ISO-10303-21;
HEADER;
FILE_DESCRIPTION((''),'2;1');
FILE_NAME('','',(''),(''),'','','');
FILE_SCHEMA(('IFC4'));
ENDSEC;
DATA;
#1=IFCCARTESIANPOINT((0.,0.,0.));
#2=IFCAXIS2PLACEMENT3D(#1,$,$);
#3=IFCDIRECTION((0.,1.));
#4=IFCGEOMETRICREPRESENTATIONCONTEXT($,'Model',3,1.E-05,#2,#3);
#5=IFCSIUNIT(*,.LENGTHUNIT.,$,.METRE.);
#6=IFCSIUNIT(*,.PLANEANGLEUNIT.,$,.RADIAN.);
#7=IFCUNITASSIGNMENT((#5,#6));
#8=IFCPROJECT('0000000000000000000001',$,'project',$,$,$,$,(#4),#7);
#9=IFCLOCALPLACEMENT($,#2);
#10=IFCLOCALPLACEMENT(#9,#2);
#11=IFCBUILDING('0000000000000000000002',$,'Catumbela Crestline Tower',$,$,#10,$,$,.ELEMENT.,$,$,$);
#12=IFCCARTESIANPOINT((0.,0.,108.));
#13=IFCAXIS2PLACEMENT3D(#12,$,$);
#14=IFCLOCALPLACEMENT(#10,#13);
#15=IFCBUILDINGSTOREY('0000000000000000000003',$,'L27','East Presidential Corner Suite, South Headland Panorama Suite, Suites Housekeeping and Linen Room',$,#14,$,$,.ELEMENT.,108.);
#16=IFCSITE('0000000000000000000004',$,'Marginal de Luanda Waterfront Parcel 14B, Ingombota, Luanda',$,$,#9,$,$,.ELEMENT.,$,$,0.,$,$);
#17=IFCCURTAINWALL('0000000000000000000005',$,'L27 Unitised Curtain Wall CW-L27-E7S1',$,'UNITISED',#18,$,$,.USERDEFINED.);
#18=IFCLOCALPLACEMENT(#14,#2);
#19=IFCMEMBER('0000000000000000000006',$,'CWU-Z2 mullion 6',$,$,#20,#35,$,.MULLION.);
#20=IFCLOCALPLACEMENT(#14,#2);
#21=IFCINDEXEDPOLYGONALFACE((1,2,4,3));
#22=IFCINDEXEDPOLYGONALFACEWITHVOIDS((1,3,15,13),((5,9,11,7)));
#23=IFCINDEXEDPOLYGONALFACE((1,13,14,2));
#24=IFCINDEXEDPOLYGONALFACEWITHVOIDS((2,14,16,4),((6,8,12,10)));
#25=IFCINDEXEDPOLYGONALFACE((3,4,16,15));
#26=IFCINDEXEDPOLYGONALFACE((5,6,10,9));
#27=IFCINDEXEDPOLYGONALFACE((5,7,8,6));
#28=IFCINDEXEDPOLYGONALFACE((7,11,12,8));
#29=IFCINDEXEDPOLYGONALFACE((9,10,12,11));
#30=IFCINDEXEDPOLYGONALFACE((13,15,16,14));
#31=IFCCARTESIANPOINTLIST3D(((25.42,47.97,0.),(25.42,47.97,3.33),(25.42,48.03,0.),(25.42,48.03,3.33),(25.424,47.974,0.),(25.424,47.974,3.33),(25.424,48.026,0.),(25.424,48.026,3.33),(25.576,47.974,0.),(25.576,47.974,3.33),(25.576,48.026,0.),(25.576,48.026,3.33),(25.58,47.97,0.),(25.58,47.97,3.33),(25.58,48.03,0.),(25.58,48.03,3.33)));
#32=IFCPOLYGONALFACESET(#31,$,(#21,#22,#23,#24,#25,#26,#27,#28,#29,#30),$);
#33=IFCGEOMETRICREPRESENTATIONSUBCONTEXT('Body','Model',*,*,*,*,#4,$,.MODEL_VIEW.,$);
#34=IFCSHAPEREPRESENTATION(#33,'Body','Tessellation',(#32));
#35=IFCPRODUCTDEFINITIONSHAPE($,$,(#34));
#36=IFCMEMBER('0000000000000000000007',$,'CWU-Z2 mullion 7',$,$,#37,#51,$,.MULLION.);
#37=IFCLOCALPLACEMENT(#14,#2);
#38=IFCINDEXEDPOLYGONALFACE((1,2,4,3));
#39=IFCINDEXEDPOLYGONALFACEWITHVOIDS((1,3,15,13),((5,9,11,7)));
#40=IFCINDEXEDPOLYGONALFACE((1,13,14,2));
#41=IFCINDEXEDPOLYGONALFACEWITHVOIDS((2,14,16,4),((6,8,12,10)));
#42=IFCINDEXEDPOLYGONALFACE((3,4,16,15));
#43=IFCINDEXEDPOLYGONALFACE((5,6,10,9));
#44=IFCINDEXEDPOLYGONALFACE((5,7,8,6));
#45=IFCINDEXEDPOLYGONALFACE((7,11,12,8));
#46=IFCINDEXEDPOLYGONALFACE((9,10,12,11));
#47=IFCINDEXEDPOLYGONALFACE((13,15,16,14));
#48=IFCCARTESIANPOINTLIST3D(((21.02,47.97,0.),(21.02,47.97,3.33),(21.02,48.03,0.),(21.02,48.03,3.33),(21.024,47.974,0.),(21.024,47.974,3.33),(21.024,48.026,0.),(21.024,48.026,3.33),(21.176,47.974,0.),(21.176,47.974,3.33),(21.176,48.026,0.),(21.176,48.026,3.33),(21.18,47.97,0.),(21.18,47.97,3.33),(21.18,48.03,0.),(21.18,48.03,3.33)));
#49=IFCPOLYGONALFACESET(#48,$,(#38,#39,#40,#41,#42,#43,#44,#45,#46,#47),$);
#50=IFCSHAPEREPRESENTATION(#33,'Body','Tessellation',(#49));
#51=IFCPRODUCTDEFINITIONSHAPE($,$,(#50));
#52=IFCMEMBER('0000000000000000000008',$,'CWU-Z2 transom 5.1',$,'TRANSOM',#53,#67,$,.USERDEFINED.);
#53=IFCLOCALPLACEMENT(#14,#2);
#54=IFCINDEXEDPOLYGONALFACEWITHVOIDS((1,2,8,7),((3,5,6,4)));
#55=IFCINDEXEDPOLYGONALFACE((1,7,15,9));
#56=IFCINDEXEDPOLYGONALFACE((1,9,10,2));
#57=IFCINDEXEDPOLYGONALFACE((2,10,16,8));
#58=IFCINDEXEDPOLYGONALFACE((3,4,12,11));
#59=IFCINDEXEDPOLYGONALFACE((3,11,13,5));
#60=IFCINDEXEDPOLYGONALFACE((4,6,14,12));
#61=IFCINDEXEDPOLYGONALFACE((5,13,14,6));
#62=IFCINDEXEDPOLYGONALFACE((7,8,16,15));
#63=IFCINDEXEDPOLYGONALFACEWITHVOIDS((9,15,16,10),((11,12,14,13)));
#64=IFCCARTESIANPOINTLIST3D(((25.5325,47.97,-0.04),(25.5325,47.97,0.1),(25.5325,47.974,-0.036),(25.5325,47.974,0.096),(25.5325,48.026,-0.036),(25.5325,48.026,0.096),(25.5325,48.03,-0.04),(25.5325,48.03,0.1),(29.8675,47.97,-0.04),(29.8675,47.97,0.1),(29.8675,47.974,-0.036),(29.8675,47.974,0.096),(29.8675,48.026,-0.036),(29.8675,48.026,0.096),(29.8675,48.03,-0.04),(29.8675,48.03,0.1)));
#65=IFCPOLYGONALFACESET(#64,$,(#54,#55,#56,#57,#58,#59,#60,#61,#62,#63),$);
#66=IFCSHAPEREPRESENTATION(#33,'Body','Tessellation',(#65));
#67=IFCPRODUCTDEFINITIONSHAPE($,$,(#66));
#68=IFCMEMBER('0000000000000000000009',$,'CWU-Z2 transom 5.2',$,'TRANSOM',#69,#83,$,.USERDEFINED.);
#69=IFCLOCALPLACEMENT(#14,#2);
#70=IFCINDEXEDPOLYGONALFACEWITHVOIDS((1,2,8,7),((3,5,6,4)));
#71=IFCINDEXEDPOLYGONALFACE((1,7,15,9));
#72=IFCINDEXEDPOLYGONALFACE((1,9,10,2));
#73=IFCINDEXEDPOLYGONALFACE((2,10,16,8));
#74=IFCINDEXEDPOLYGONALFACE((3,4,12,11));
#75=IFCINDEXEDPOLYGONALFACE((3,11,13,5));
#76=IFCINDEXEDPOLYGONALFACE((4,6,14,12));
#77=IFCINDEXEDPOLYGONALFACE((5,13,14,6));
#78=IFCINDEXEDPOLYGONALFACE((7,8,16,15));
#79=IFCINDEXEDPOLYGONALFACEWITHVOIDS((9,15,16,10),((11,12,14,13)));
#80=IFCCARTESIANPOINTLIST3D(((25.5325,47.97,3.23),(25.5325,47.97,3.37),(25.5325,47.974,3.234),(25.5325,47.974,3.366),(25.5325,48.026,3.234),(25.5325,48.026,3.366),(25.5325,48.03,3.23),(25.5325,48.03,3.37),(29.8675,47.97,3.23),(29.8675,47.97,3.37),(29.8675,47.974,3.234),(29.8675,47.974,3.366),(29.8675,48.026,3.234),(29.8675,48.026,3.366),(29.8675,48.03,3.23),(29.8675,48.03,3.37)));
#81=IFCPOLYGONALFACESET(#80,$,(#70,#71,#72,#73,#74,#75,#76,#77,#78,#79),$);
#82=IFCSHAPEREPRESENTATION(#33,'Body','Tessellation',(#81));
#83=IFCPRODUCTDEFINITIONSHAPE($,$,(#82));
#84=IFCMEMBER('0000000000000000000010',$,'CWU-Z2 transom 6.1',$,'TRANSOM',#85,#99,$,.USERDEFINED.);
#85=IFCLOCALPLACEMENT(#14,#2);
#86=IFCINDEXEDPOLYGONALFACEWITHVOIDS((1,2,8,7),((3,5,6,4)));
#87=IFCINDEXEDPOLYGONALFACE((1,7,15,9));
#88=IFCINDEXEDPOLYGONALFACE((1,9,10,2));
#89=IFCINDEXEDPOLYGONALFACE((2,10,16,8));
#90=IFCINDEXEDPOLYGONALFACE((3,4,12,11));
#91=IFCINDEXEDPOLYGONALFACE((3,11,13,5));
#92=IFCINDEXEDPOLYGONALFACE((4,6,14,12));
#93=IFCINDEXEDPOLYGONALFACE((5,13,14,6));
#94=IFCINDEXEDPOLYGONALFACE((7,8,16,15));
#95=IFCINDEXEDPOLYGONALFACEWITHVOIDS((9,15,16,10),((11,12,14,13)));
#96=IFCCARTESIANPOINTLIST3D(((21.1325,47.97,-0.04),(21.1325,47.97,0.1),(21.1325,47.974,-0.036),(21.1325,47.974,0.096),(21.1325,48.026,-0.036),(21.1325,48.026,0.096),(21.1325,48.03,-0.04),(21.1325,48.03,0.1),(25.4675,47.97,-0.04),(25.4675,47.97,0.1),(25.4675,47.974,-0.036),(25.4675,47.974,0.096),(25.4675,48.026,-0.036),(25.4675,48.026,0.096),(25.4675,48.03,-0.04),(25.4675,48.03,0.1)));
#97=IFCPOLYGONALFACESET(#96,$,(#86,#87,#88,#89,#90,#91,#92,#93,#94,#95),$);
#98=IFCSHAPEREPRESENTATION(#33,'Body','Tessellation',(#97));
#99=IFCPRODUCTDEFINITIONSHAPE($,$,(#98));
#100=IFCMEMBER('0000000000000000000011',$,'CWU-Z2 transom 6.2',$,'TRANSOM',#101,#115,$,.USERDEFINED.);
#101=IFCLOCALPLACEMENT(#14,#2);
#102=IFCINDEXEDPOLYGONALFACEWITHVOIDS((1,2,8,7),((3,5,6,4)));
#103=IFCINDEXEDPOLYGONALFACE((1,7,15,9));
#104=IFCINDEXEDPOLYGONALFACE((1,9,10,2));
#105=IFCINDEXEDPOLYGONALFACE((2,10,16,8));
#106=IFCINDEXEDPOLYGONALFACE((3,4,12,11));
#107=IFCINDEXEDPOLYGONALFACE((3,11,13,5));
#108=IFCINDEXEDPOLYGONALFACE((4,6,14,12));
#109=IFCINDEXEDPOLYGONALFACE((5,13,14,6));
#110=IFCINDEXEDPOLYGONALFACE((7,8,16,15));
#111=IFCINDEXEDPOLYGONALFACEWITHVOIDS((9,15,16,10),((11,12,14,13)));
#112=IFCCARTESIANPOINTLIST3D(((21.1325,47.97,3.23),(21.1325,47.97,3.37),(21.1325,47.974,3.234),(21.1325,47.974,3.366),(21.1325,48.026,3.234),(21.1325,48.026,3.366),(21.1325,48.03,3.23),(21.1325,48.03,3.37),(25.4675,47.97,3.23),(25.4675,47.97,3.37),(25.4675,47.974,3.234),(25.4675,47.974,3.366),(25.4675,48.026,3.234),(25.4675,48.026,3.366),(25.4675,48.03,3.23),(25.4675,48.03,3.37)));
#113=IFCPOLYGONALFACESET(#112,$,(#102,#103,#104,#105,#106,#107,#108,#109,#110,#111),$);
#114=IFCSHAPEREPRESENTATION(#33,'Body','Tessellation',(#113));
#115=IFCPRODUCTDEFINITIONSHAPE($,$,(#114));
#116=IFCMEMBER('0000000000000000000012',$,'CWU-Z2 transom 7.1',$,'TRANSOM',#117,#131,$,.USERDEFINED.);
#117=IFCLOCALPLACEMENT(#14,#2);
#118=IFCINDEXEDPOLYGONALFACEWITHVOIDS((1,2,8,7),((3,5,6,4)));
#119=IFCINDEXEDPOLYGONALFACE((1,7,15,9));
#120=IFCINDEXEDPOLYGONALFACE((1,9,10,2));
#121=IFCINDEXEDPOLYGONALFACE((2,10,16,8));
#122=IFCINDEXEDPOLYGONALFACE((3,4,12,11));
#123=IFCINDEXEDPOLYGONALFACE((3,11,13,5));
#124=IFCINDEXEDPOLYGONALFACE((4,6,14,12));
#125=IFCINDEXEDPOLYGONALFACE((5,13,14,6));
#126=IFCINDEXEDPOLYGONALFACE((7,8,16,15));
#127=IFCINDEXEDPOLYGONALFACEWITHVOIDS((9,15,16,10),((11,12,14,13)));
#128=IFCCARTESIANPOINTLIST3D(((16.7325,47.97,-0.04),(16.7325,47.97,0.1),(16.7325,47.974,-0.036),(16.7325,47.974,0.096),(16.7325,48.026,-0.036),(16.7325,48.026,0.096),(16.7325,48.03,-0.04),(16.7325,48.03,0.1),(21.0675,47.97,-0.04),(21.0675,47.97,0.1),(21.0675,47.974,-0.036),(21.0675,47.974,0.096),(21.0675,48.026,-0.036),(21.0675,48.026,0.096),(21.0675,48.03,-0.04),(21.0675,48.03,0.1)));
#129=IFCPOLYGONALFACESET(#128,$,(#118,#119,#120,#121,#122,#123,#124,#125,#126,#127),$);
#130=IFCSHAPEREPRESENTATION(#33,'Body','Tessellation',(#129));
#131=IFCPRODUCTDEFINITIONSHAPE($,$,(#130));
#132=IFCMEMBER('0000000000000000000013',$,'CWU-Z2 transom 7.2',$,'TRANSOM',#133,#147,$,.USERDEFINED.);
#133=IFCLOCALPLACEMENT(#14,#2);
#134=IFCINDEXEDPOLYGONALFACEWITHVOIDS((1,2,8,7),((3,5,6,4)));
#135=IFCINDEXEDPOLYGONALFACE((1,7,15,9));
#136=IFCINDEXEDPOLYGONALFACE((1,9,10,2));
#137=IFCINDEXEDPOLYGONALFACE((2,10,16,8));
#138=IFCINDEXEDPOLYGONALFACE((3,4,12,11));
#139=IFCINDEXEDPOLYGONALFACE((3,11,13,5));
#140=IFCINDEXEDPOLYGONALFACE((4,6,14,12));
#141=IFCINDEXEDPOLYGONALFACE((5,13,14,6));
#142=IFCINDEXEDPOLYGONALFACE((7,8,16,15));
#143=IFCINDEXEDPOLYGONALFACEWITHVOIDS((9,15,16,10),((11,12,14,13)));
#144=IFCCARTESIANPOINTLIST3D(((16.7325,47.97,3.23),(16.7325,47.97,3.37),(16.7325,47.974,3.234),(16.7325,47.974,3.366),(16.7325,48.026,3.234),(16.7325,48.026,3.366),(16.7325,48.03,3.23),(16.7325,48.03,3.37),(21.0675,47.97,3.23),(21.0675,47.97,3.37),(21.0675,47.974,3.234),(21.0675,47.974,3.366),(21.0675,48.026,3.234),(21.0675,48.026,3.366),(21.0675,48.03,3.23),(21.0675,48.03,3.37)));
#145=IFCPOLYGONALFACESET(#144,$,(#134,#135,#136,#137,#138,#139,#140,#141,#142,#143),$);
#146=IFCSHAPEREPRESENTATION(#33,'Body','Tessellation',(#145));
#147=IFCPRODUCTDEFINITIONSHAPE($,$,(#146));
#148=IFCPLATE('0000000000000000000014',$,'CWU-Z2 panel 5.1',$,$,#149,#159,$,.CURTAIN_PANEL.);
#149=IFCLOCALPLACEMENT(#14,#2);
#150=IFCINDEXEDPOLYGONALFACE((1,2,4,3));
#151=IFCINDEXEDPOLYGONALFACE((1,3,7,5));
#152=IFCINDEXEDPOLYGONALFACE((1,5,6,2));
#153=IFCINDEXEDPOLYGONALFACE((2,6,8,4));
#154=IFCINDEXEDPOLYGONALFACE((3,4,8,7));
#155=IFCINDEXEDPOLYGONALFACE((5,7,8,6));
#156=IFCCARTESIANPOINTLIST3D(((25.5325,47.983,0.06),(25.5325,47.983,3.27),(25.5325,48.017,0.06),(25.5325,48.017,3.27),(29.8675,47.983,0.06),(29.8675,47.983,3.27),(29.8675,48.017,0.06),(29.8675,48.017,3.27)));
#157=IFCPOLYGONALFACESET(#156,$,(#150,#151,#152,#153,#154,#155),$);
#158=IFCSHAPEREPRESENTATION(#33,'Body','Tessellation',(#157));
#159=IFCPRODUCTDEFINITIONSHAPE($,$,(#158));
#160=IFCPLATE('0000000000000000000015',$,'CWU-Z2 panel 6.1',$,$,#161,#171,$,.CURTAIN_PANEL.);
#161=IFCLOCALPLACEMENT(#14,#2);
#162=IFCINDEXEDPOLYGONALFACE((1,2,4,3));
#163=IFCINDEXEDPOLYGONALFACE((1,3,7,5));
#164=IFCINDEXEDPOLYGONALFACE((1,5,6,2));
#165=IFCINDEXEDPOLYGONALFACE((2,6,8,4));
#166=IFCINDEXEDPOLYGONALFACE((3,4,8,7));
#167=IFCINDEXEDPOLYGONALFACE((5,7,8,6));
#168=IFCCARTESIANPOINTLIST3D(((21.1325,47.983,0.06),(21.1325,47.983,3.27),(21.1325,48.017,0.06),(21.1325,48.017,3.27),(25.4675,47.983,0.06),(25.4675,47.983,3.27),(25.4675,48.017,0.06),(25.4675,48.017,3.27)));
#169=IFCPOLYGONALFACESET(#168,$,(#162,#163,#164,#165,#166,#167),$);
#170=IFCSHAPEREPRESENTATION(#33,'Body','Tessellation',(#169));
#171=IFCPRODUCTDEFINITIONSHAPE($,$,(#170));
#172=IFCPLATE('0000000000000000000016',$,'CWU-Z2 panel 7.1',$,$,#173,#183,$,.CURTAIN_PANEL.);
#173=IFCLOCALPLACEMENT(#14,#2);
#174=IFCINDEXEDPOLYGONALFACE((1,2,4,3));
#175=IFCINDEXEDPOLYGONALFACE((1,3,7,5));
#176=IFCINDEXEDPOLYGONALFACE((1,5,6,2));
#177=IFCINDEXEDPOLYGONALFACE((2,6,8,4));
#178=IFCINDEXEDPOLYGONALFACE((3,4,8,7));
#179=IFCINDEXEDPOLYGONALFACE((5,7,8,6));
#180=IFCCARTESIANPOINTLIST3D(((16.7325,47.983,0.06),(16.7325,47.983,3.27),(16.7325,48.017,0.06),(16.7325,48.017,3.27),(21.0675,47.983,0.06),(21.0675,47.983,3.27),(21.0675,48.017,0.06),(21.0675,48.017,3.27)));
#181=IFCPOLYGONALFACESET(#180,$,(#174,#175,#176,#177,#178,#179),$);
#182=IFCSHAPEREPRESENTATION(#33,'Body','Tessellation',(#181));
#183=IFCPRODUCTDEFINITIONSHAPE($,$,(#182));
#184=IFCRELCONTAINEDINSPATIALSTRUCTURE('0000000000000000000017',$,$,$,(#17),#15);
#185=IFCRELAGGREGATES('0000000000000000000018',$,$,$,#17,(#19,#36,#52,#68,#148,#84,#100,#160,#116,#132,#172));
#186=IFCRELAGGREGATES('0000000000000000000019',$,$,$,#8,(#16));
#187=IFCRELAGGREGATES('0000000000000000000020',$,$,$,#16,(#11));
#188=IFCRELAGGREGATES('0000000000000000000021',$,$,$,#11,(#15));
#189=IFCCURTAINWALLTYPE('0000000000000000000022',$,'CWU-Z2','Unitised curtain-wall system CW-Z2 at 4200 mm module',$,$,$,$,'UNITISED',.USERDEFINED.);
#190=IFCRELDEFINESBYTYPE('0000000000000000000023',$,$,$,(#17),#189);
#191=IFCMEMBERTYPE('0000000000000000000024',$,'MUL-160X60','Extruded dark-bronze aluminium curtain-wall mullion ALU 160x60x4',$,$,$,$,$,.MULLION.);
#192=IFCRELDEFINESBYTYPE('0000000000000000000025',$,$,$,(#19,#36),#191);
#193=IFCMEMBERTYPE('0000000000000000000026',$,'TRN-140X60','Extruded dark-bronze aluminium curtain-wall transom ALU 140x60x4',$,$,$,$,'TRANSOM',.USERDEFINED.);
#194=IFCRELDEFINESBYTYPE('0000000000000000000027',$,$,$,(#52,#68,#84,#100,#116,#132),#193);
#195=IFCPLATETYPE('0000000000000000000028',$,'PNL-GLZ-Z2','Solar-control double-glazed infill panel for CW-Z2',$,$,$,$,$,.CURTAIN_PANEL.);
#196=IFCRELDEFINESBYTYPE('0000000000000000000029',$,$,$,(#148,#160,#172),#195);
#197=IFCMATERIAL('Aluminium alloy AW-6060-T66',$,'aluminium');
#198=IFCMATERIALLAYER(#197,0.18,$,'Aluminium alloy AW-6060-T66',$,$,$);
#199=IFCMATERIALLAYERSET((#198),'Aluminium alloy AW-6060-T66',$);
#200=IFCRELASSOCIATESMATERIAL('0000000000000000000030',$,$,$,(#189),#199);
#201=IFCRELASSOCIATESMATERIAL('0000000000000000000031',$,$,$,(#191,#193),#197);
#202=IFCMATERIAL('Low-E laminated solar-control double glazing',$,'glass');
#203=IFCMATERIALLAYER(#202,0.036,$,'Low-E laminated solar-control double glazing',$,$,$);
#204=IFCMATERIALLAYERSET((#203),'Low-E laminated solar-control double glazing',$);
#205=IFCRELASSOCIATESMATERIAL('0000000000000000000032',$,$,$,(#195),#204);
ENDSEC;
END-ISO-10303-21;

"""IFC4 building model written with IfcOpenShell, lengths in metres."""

from ifc_helpers import new_model, si_unit, direction, frame, origin, origin_2d, place, context, subcontext, project, spatial, rectangle, hollow_rectangle, extrude, material, layer, layer_set, material_profile, profile_set, type_object, element, aggregate, save


model = new_model("IFC4")

# Units and contexts
model_context = context("Model", 3, precision=1e-05, world=origin(), true_north=direction((0.0, 1.0)))
body_context = subcontext(model_context, "Body", "Model", "MODEL_VIEW")
ifc_project = project(units=[si_unit("LENGTHUNIT", "METRE"), si_unit("PLANEANGLEUNIT", "RADIAN")], contexts=[model_context])

# Site, building, storey
site_placement = place(None, origin())
site = spatial("IfcSite", under=ifc_project, at=site_placement, Name="Marginal de Luanda Waterfront Parcel 14B, Ingombota, Luanda", CompositionType="ELEMENT", RefElevation=0.0)
building_placement = place(site_placement, origin())
building = spatial("IfcBuilding", under=site, at=building_placement, Name="Catumbela Crestline Tower", CompositionType="ELEMENT")
storey_placement = place(building_placement, frame((0.0, 0.0, 108.0)))
storey = spatial("IfcBuildingStorey", under=building, at=storey_placement, Name="L27", Description="East Presidential Corner Suite, South Headland Panorama Suite, Suites Housekeeping and Linen Room", CompositionType="ELEMENT", Elevation=108.0)

# Curtain wall, members, plates
ifc_material_1 = material(Name="Aluminium alloy AW-6060-T66", Category="aluminium")
ifc_layer_1 = layer(ifc_material_1, 0.18, Name="Aluminium alloy AW-6060-T66")
ifc_layer_set_1 = layer_set([ifc_layer_1], Name="Aluminium alloy AW-6060-T66")
curtain_wall_type = type_object("IfcCurtainWallType", Name="CWU-Z2", Description="Unitised curtain-wall system CW-Z2 at 4200 mm module", ElementType="UNITISED", PredefinedType="USERDEFINED", material=ifc_layer_set_1)
curtain_wall_placement = place(storey_placement, origin())
curtain_wall = element("IfcCurtainWall", 1, at=curtain_wall_placement, inside=storey, type_object=curtain_wall_type, Name="L27 Unitised Curtain Wall CW-L27-E7S1", ObjectType="UNITISED", PredefinedType="USERDEFINED")
ifc_material_profile_1 = material_profile(ifc_material_1, hollow_rectangle(XDim=0.06, YDim=0.16, WallThickness=0.004, at=origin_2d()), Name="ALU 160x60x4")
ifc_profile_set_1 = profile_set([ifc_material_profile_1], Name="Aluminium alloy AW-6060-T66")
member_type_1 = type_object("IfcMemberType", Name="MUL-160X60", Description="Extruded dark-bronze aluminium curtain-wall mullion ALU 160x60x4", PredefinedType="MULLION", material=ifc_profile_set_1)
member_1_placement = place(storey_placement, frame((25.5, 48.0, 0.0), z_axis=(0.0, 0.0, 1.0), x_axis=(0.0, -1.0, 0.0)))
member_1 = element("IfcMember", 2, at=member_1_placement, type_object=member_type_1, Name="CWU-Z2 mullion 6", PredefinedType="MULLION", context=body_context, shape_type="SweptSolid", body=[
    extrude(hollow_rectangle(XDim=0.06, YDim=0.16, WallThickness=0.004, at=origin_2d()), origin(), (0.0, 0.0, 1.0), 3.33),
])
member_2_placement = place(storey_placement, frame((21.1, 48.0, 0.0), z_axis=(0.0, 0.0, 1.0), x_axis=(0.0, -1.0, 0.0)))
member_2 = element("IfcMember", 3, at=member_2_placement, type_object=member_type_1, Name="CWU-Z2 mullion 7", PredefinedType="MULLION", context=body_context, shape_type="SweptSolid", body=[
    extrude(hollow_rectangle(XDim=0.06, YDim=0.16, WallThickness=0.004, at=origin_2d()), origin(), (0.0, 0.0, 1.0), 3.33),
])
ifc_material_profile_2 = material_profile(ifc_material_1, hollow_rectangle(XDim=0.06, YDim=0.14, WallThickness=0.004, at=origin_2d()), Name="ALU 140x60x4")
ifc_profile_set_2 = profile_set([ifc_material_profile_2], Name="Aluminium alloy AW-6060-T66")
member_type_2 = type_object("IfcMemberType", Name="TRN-140X60", Description="Extruded dark-bronze aluminium curtain-wall transom ALU 140x60x4", ElementType="TRANSOM", PredefinedType="USERDEFINED", material=ifc_profile_set_2)
member_3_placement = place(storey_placement, frame((29.8675, 48.0, 0.03), z_axis=(-1.0, 0.0, 0.0), x_axis=(0.0, -1.0, 0.0)))
member_3 = element("IfcMember", 4, at=member_3_placement, type_object=member_type_2, Name="CWU-Z2 transom 5.1", ObjectType="TRANSOM", PredefinedType="USERDEFINED", context=body_context, shape_type="SweptSolid", body=[
    extrude(hollow_rectangle(XDim=0.06, YDim=0.14, WallThickness=0.004, at=origin_2d()), origin(), (0.0, 0.0, 1.0), 4.335),
])
member_4_placement = place(storey_placement, frame((29.8675, 48.0, 3.3), z_axis=(-1.0, 0.0, 0.0), x_axis=(0.0, -1.0, 0.0)))
member_4 = element("IfcMember", 5, at=member_4_placement, type_object=member_type_2, Name="CWU-Z2 transom 5.2", ObjectType="TRANSOM", PredefinedType="USERDEFINED", context=body_context, shape_type="SweptSolid", body=[
    extrude(hollow_rectangle(XDim=0.06, YDim=0.14, WallThickness=0.004, at=origin_2d()), origin(), (0.0, 0.0, 1.0), 4.335),
])
member_5_placement = place(storey_placement, frame((25.4675, 48.0, 0.03), z_axis=(-1.0, 0.0, 0.0), x_axis=(0.0, -1.0, 0.0)))
member_5 = element("IfcMember", 6, at=member_5_placement, type_object=member_type_2, Name="CWU-Z2 transom 6.1", ObjectType="TRANSOM", PredefinedType="USERDEFINED", context=body_context, shape_type="SweptSolid", body=[
    extrude(hollow_rectangle(XDim=0.06, YDim=0.14, WallThickness=0.004, at=origin_2d()), origin(), (0.0, 0.0, 1.0), 4.335),
])
member_6_placement = place(storey_placement, frame((25.4675, 48.0, 3.3), z_axis=(-1.0, 0.0, 0.0), x_axis=(0.0, -1.0, 0.0)))
member_6 = element("IfcMember", 7, at=member_6_placement, type_object=member_type_2, Name="CWU-Z2 transom 6.2", ObjectType="TRANSOM", PredefinedType="USERDEFINED", context=body_context, shape_type="SweptSolid", body=[
    extrude(hollow_rectangle(XDim=0.06, YDim=0.14, WallThickness=0.004, at=origin_2d()), origin(), (0.0, 0.0, 1.0), 4.335),
])
member_7_placement = place(storey_placement, frame((21.0675, 48.0, 0.03), z_axis=(-1.0, 0.0, 0.0), x_axis=(0.0, -1.0, 0.0)))
member_7 = element("IfcMember", 8, at=member_7_placement, type_object=member_type_2, Name="CWU-Z2 transom 7.1", ObjectType="TRANSOM", PredefinedType="USERDEFINED", context=body_context, shape_type="SweptSolid", body=[
    extrude(hollow_rectangle(XDim=0.06, YDim=0.14, WallThickness=0.004, at=origin_2d()), origin(), (0.0, 0.0, 1.0), 4.335),
])
member_8_placement = place(storey_placement, frame((21.0675, 48.0, 3.3), z_axis=(-1.0, 0.0, 0.0), x_axis=(0.0, -1.0, 0.0)))
member_8 = element("IfcMember", 9, at=member_8_placement, type_object=member_type_2, Name="CWU-Z2 transom 7.2", ObjectType="TRANSOM", PredefinedType="USERDEFINED", context=body_context, shape_type="SweptSolid", body=[
    extrude(hollow_rectangle(XDim=0.06, YDim=0.14, WallThickness=0.004, at=origin_2d()), origin(), (0.0, 0.0, 1.0), 4.335),
])
ifc_material_2 = material(Name="Low-E laminated solar-control double glazing", Category="glass")
ifc_layer_2 = layer(ifc_material_2, 0.036, Name="Low-E laminated solar-control double glazing")
ifc_layer_set_2 = layer_set([ifc_layer_2], Name="Low-E laminated solar-control double glazing")
plate_type = type_object("IfcPlateType", Name="PNL-GLZ-Z2", Description="Solar-control double-glazed infill panel for CW-Z2", PredefinedType="CURTAIN_PANEL", material=ifc_layer_set_2)
plate_1_placement = place(storey_placement, frame((27.7, 48.0, 0.06), z_axis=(0.0, 0.0, 1.0), x_axis=(-1.0, 0.0, 0.0)))
plate_1 = element("IfcPlate", 10, at=plate_1_placement, type_object=plate_type, Name="CWU-Z2 panel 5.1", PredefinedType="CURTAIN_PANEL", context=body_context, shape_type="SweptSolid", body=[
    extrude(rectangle(XDim=4.335, YDim=0.034, at=origin_2d()), origin(), (0.0, 0.0, 1.0), 3.21),
])
plate_2_placement = place(storey_placement, frame((23.3, 48.0, 0.06), z_axis=(0.0, 0.0, 1.0), x_axis=(-1.0, 0.0, 0.0)))
plate_2 = element("IfcPlate", 11, at=plate_2_placement, type_object=plate_type, Name="CWU-Z2 panel 6.1", PredefinedType="CURTAIN_PANEL", context=body_context, shape_type="SweptSolid", body=[
    extrude(rectangle(XDim=4.335, YDim=0.034, at=origin_2d()), origin(), (0.0, 0.0, 1.0), 3.21),
])
plate_3_placement = place(storey_placement, frame((18.9, 48.0, 0.06), z_axis=(0.0, 0.0, 1.0), x_axis=(-1.0, 0.0, 0.0)))
plate_3 = element("IfcPlate", 12, at=plate_3_placement, type_object=plate_type, Name="CWU-Z2 panel 7.1", PredefinedType="CURTAIN_PANEL", context=body_context, shape_type="SweptSolid", body=[
    extrude(rectangle(XDim=4.335, YDim=0.034, at=origin_2d()), origin(), (0.0, 0.0, 1.0), 3.21),
])
aggregate(curtain_wall, [member_1, member_2, member_3, member_4, plate_1, member_5, member_6, plate_2, member_7, member_8, plate_3])

save(model, "model.ifc")
